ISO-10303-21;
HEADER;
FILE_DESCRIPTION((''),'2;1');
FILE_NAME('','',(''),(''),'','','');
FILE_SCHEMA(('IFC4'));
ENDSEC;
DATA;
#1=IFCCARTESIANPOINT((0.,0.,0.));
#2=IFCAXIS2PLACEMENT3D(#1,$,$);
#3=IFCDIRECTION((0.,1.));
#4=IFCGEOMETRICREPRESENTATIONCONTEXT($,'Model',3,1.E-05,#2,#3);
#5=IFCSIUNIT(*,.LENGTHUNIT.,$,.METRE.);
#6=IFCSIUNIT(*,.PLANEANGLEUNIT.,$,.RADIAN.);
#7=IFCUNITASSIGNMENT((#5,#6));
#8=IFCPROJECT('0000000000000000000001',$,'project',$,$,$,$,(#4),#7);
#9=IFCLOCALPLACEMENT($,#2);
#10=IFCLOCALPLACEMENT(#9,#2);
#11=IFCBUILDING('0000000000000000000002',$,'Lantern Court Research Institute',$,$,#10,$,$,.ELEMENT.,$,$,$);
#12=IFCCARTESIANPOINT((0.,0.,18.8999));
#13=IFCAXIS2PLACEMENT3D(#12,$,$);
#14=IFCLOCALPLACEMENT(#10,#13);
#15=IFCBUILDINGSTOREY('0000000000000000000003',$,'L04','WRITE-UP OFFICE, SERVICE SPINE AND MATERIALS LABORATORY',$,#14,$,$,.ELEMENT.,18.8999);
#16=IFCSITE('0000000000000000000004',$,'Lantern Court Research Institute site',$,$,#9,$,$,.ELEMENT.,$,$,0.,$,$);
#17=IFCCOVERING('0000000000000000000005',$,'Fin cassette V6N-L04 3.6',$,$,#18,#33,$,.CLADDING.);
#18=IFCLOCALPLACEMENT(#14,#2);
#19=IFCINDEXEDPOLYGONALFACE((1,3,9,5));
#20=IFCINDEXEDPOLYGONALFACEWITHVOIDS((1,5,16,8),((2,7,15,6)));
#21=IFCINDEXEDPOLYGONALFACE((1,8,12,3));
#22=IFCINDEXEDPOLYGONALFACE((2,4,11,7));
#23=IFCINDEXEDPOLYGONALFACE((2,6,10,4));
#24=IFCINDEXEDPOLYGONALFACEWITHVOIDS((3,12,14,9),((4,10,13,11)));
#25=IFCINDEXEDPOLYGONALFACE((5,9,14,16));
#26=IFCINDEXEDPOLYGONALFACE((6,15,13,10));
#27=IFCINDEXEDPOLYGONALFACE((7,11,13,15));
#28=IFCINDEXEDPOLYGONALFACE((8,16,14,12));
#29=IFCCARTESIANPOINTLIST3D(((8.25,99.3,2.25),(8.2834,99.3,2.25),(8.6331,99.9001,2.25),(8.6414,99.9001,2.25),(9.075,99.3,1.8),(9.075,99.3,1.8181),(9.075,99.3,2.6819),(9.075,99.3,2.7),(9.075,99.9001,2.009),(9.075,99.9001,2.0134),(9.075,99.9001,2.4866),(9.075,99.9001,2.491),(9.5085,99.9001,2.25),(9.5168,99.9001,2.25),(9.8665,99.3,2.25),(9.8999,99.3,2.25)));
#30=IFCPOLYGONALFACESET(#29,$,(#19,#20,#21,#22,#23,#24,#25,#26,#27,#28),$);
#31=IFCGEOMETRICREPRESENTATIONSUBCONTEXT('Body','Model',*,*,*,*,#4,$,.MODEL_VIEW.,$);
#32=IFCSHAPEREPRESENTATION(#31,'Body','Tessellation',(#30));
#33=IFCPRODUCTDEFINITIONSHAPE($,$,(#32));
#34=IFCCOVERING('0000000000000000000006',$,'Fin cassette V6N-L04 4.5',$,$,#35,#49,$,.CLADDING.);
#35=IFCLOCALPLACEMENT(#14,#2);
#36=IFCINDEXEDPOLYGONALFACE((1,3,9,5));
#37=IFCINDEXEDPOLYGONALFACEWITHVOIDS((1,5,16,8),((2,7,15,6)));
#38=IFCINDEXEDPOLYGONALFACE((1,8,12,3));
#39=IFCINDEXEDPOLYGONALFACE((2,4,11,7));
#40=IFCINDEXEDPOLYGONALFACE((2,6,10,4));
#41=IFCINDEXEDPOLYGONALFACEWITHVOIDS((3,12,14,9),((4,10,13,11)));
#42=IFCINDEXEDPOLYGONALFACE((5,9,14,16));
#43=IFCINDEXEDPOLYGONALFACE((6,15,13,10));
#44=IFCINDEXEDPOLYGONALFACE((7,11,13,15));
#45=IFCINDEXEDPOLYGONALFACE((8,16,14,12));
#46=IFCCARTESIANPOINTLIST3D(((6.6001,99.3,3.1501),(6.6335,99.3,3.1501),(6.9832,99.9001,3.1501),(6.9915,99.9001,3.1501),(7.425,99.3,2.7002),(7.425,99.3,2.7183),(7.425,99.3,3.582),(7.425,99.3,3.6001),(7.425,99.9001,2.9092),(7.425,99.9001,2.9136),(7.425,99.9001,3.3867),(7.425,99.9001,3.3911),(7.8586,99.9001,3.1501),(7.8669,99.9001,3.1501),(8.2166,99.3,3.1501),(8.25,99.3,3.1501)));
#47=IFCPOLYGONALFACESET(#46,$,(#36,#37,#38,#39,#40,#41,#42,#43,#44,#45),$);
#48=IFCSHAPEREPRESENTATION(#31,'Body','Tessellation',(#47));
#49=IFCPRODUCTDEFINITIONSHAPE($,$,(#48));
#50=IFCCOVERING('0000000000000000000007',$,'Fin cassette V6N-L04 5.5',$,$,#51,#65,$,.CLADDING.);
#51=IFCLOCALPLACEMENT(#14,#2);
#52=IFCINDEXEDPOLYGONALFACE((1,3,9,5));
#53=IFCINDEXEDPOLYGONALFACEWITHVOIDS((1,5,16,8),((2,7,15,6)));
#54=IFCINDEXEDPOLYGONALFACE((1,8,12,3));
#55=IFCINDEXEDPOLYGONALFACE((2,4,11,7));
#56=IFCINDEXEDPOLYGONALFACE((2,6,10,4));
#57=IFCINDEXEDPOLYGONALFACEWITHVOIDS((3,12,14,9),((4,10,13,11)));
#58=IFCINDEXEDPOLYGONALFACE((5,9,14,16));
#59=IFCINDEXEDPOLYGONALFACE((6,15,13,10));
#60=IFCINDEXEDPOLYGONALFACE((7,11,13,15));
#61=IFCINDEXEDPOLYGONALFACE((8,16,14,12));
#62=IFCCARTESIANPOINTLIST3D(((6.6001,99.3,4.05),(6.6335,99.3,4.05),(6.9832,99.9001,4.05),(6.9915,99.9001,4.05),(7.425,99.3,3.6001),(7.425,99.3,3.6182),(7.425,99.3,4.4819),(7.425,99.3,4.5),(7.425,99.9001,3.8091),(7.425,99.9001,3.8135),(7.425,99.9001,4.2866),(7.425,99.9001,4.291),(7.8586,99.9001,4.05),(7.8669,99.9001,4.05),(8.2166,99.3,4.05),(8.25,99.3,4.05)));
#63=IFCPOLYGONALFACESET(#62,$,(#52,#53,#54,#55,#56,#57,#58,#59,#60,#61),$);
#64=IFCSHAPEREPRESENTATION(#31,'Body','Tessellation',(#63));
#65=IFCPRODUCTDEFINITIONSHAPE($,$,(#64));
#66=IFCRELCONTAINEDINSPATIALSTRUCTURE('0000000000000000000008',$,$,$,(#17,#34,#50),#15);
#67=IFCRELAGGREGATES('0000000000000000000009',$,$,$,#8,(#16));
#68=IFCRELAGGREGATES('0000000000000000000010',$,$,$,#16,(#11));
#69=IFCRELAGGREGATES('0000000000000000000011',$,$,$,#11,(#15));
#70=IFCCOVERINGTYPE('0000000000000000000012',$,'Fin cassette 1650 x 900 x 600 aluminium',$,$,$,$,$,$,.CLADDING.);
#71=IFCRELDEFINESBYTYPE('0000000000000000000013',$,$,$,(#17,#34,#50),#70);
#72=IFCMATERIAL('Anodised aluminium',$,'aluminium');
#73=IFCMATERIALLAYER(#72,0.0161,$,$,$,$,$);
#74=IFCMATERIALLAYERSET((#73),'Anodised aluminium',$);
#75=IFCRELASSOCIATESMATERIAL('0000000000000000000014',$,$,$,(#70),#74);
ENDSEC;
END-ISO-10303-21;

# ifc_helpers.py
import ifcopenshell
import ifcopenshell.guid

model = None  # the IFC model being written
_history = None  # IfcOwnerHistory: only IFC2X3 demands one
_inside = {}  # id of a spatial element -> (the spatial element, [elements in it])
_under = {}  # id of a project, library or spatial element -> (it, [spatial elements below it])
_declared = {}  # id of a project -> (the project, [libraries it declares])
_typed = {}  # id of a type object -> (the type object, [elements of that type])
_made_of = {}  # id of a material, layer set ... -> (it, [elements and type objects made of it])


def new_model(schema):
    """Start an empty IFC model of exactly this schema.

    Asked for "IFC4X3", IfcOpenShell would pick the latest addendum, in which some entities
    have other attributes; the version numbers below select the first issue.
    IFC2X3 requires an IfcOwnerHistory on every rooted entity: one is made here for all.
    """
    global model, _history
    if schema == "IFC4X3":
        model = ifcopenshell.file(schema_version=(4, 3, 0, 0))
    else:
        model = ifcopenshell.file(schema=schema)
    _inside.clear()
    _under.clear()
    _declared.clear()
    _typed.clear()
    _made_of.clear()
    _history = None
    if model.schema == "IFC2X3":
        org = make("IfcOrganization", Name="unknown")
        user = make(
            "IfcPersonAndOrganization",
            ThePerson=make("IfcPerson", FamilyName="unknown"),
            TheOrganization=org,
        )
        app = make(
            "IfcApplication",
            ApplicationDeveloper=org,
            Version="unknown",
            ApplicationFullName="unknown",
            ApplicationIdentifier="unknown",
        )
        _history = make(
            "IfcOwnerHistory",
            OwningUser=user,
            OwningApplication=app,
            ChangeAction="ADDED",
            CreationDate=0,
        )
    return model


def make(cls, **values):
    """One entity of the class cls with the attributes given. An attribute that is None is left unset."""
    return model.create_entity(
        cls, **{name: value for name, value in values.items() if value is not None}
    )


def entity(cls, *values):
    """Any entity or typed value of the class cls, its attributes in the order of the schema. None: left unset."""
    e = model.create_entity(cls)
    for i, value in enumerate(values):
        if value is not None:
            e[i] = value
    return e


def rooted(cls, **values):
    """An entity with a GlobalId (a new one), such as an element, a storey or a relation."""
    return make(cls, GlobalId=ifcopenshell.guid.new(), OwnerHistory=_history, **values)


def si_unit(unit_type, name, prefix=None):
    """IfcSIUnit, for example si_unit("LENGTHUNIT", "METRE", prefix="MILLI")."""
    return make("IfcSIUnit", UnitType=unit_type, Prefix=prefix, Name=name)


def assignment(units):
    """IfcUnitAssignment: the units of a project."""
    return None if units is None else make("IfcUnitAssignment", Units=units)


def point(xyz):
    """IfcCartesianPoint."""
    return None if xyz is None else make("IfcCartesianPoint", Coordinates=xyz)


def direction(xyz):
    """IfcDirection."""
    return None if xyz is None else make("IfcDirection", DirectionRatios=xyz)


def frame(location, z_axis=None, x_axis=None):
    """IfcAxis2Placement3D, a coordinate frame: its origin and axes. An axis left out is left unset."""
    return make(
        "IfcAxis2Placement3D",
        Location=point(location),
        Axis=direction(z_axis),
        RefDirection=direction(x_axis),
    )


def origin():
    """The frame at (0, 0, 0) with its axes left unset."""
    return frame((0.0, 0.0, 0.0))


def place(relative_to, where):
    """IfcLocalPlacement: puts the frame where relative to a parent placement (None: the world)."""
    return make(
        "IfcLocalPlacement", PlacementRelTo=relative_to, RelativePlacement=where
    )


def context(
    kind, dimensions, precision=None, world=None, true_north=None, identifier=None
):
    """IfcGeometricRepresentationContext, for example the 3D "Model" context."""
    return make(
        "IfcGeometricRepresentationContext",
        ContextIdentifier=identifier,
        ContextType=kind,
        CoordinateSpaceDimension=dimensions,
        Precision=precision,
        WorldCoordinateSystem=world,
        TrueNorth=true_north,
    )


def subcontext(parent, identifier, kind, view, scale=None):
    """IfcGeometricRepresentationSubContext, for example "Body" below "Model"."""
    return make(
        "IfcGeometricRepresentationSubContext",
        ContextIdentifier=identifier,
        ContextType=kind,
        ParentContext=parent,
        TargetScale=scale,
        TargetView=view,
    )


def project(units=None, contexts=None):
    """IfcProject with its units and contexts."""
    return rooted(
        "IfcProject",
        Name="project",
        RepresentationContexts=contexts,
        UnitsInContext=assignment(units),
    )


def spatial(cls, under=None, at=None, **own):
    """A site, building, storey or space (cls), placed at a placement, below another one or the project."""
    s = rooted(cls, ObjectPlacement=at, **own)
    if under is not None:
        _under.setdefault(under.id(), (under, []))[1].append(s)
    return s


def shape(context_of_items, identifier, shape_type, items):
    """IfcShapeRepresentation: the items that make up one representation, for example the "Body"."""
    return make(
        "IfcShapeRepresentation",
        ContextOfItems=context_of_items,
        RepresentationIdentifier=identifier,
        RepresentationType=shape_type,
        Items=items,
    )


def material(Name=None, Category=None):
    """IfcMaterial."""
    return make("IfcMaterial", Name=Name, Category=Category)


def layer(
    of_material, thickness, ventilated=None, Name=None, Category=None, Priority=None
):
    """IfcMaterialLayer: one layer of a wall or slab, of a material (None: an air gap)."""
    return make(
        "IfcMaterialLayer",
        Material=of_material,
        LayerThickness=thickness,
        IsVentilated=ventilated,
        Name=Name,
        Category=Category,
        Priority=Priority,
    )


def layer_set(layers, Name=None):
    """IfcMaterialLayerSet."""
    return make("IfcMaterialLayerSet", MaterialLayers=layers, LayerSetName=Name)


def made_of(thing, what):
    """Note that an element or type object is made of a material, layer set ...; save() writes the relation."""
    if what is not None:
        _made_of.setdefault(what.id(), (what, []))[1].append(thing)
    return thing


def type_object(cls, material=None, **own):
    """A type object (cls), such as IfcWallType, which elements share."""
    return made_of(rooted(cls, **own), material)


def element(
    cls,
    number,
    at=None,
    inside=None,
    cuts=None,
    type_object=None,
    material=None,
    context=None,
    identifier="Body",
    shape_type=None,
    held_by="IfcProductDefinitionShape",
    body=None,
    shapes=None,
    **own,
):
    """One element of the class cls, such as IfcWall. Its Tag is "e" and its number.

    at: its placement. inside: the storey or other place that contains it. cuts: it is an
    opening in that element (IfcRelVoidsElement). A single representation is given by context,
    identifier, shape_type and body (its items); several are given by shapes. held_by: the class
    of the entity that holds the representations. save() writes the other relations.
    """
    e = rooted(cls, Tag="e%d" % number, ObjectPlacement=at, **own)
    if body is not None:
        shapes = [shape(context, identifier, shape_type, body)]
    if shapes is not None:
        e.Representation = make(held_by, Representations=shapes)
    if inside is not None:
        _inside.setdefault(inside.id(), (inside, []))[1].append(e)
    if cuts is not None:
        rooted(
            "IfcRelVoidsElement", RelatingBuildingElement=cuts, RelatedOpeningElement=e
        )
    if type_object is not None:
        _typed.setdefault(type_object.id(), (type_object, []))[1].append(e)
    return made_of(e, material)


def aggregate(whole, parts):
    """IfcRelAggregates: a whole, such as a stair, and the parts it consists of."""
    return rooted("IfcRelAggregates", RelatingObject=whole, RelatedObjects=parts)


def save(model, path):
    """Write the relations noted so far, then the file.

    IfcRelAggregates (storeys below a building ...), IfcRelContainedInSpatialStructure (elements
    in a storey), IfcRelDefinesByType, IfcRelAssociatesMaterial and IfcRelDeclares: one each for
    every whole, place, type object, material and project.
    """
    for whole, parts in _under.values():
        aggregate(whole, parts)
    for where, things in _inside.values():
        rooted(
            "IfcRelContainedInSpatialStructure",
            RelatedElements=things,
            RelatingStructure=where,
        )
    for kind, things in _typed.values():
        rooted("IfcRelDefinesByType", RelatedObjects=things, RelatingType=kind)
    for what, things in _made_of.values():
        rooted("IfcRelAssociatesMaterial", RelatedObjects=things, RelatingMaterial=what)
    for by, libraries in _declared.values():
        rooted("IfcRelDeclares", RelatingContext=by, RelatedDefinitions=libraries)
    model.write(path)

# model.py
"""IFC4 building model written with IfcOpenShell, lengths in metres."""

from ifc_helpers import new_model, entity, si_unit, direction, frame, origin, place, context, subcontext, project, spatial, material, layer, layer_set, type_object, element, save


model = new_model("IFC4")

# Units and contexts
model_context = context("Model", 3, precision=1e-05, world=origin(), true_north=direction((0.0, 1.0)))
body_context = subcontext(model_context, "Body", "Model", "MODEL_VIEW")
ifc_project = project(units=[si_unit("LENGTHUNIT", "METRE"), si_unit("PLANEANGLEUNIT", "RADIAN")], contexts=[model_context])

# Site, building, storey
site_placement = place(None, origin())
site = spatial("IfcSite", under=ifc_project, at=site_placement, Name="Lantern Court Research Institute site", CompositionType="ELEMENT", RefElevation=0.0)
building_placement = place(site_placement, origin())
building = spatial("IfcBuilding", under=site, at=building_placement, Name="Lantern Court Research Institute", CompositionType="ELEMENT")
storey_placement = place(building_placement, frame((0.0, 0.0, 18.8999)))
storey = spatial("IfcBuildingStorey", under=building, at=storey_placement, Name="L04", Description="WRITE-UP OFFICE, SERVICE SPINE AND MATERIALS LABORATORY", CompositionType="ELEMENT", Elevation=18.8999)

# Coverings
ifc_material_1 = material(Name="Anodised aluminium", Category="aluminium")
ifc_layer_1 = layer(ifc_material_1, 0.0161)
ifc_layer_set_1 = layer_set([ifc_layer_1], Name="Anodised aluminium")
covering_type_1 = type_object("IfcCoveringType", Name="Fin cassette 1650 x 900 x 600 aluminium", PredefinedType="CLADDING", material=ifc_layer_set_1)
covering_1_placement = place(storey_placement, frame((9.075, 99.3, 2.25), z_axis=(0.0, 1.0, 0.0), x_axis=(-1.0, 0.0, 0.0)))
cartesian_point_1 = entity("IfcCartesianPoint", [0.825, 0.0])
cartesian_point_2 = entity("IfcCartesianPoint", [0.7915, 0.0])
cartesian_point_3 = entity("IfcCartesianPoint", [0.4419, 0.0])
cartesian_point_4 = entity("IfcCartesianPoint", [0.4336, 0.0])
element("IfcCovering", 1, at=covering_1_placement, inside=storey, type_object=covering_type_1, Name="Fin cassette V6N-L04 3.6", PredefinedType="CLADDING", context=body_context, shape_type="SweptSolid", body=[
    entity("IfcExtrudedAreaSolidTapered", entity("IfcArbitraryProfileDefWithVoids", "AREA", None, entity("IfcPolyline", [cartesian_point_1, entity("IfcCartesianPoint", [0.0, 0.45]), entity("IfcCartesianPoint", [-0.825, 0.0]), entity("IfcCartesianPoint", [0.0, -0.45]), cartesian_point_1]), [entity("IfcPolyline", [cartesian_point_2, entity("IfcCartesianPoint", [0.0, 0.4319]), entity("IfcCartesianPoint", [-0.7915, 0.0]), entity("IfcCartesianPoint", [0.0, -0.4319]), cartesian_point_2])]), entity("IfcAxis2Placement3D", entity("IfcCartesianPoint", [0.0, 0.0, 0.0])), entity("IfcDirection", [0.0, 0.0, 1.0]), 0.6001, entity("IfcArbitraryProfileDefWithVoids", "AREA", None, entity("IfcPolyline", [cartesian_point_3, entity("IfcCartesianPoint", [0.0, 0.241]), entity("IfcCartesianPoint", [-0.4419, 0.0]), entity("IfcCartesianPoint", [0.0, -0.241]), cartesian_point_3]), [entity("IfcPolyline", [cartesian_point_4, entity("IfcCartesianPoint", [0.0, 0.2366]), entity("IfcCartesianPoint", [-0.4336, 0.0]), entity("IfcCartesianPoint", [0.0, -0.2366]), cartesian_point_4])])),
])
covering_2_placement = place(storey_placement, frame((7.425, 99.3, 3.1501), z_axis=(0.0, 1.0, 0.0), x_axis=(-1.0, 0.0, 0.0)))
cartesian_point_5 = entity("IfcCartesianPoint", [0.825, 0.0])
cartesian_point_6 = entity("IfcCartesianPoint", [0.7915, 0.0])
cartesian_point_7 = entity("IfcCartesianPoint", [0.4419, 0.0])
cartesian_point_8 = entity("IfcCartesianPoint", [0.4336, 0.0])
element("IfcCovering", 2, at=covering_2_placement, inside=storey, type_object=covering_type_1, Name="Fin cassette V6N-L04 4.5", PredefinedType="CLADDING", context=body_context, shape_type="SweptSolid", body=[
    entity("IfcExtrudedAreaSolidTapered", entity("IfcArbitraryProfileDefWithVoids", "AREA", None, entity("IfcPolyline", [cartesian_point_5, entity("IfcCartesianPoint", [0.0, 0.45]), entity("IfcCartesianPoint", [-0.825, 0.0]), entity("IfcCartesianPoint", [0.0, -0.45]), cartesian_point_5]), [entity("IfcPolyline", [cartesian_point_6, entity("IfcCartesianPoint", [0.0, 0.4319]), entity("IfcCartesianPoint", [-0.7915, 0.0]), entity("IfcCartesianPoint", [0.0, -0.4319]), cartesian_point_6])]), entity("IfcAxis2Placement3D", entity("IfcCartesianPoint", [0.0, 0.0, 0.0])), entity("IfcDirection", [0.0, 0.0, 1.0]), 0.6001, entity("IfcArbitraryProfileDefWithVoids", "AREA", None, entity("IfcPolyline", [cartesian_point_7, entity("IfcCartesianPoint", [0.0, 0.241]), entity("IfcCartesianPoint", [-0.4419, 0.0]), entity("IfcCartesianPoint", [0.0, -0.241]), cartesian_point_7]), [entity("IfcPolyline", [cartesian_point_8, entity("IfcCartesianPoint", [0.0, 0.2366]), entity("IfcCartesianPoint", [-0.4336, 0.0]), entity("IfcCartesianPoint", [0.0, -0.2366]), cartesian_point_8])])),
])
covering_3_placement = place(storey_placement, frame((7.425, 99.3, 4.05), z_axis=(0.0, 1.0, 0.0), x_axis=(-1.0, 0.0, 0.0)))
cartesian_point_9 = entity("IfcCartesianPoint", [0.825, 0.0])
cartesian_point_10 = entity("IfcCartesianPoint", [0.7915, 0.0])
cartesian_point_11 = entity("IfcCartesianPoint", [0.4419, 0.0])
cartesian_point_12 = entity("IfcCartesianPoint", [0.4336, 0.0])
element("IfcCovering", 3, at=covering_3_placement, inside=storey, type_object=covering_type_1, Name="Fin cassette V6N-L04 5.5", PredefinedType="CLADDING", context=body_context, shape_type="SweptSolid", body=[
    entity("IfcExtrudedAreaSolidTapered", entity("IfcArbitraryProfileDefWithVoids", "AREA", None, entity("IfcPolyline", [cartesian_point_9, entity("IfcCartesianPoint", [0.0, 0.45]), entity("IfcCartesianPoint", [-0.825, 0.0]), entity("IfcCartesianPoint", [0.0, -0.45]), cartesian_point_9]), [entity("IfcPolyline", [cartesian_point_10, entity("IfcCartesianPoint", [0.0, 0.4319]), entity("IfcCartesianPoint", [-0.7915, 0.0]), entity("IfcCartesianPoint", [0.0, -0.4319]), cartesian_point_10])]), entity("IfcAxis2Placement3D", entity("IfcCartesianPoint", [0.0, 0.0, 0.0])), entity("IfcDirection", [0.0, 0.0, 1.0]), 0.6001, entity("IfcArbitraryProfileDefWithVoids", "AREA", None, entity("IfcPolyline", [cartesian_point_11, entity("IfcCartesianPoint", [0.0, 0.241]), entity("IfcCartesianPoint", [-0.4419, 0.0]), entity("IfcCartesianPoint", [0.0, -0.241]), cartesian_point_11]), [entity("IfcPolyline", [cartesian_point_12, entity("IfcCartesianPoint", [0.0, 0.2366]), entity("IfcCartesianPoint", [-0.4336, 0.0]), entity("IfcCartesianPoint", [0.0, -0.2366]), cartesian_point_12])])),
])

save(model, "model.ifc")
